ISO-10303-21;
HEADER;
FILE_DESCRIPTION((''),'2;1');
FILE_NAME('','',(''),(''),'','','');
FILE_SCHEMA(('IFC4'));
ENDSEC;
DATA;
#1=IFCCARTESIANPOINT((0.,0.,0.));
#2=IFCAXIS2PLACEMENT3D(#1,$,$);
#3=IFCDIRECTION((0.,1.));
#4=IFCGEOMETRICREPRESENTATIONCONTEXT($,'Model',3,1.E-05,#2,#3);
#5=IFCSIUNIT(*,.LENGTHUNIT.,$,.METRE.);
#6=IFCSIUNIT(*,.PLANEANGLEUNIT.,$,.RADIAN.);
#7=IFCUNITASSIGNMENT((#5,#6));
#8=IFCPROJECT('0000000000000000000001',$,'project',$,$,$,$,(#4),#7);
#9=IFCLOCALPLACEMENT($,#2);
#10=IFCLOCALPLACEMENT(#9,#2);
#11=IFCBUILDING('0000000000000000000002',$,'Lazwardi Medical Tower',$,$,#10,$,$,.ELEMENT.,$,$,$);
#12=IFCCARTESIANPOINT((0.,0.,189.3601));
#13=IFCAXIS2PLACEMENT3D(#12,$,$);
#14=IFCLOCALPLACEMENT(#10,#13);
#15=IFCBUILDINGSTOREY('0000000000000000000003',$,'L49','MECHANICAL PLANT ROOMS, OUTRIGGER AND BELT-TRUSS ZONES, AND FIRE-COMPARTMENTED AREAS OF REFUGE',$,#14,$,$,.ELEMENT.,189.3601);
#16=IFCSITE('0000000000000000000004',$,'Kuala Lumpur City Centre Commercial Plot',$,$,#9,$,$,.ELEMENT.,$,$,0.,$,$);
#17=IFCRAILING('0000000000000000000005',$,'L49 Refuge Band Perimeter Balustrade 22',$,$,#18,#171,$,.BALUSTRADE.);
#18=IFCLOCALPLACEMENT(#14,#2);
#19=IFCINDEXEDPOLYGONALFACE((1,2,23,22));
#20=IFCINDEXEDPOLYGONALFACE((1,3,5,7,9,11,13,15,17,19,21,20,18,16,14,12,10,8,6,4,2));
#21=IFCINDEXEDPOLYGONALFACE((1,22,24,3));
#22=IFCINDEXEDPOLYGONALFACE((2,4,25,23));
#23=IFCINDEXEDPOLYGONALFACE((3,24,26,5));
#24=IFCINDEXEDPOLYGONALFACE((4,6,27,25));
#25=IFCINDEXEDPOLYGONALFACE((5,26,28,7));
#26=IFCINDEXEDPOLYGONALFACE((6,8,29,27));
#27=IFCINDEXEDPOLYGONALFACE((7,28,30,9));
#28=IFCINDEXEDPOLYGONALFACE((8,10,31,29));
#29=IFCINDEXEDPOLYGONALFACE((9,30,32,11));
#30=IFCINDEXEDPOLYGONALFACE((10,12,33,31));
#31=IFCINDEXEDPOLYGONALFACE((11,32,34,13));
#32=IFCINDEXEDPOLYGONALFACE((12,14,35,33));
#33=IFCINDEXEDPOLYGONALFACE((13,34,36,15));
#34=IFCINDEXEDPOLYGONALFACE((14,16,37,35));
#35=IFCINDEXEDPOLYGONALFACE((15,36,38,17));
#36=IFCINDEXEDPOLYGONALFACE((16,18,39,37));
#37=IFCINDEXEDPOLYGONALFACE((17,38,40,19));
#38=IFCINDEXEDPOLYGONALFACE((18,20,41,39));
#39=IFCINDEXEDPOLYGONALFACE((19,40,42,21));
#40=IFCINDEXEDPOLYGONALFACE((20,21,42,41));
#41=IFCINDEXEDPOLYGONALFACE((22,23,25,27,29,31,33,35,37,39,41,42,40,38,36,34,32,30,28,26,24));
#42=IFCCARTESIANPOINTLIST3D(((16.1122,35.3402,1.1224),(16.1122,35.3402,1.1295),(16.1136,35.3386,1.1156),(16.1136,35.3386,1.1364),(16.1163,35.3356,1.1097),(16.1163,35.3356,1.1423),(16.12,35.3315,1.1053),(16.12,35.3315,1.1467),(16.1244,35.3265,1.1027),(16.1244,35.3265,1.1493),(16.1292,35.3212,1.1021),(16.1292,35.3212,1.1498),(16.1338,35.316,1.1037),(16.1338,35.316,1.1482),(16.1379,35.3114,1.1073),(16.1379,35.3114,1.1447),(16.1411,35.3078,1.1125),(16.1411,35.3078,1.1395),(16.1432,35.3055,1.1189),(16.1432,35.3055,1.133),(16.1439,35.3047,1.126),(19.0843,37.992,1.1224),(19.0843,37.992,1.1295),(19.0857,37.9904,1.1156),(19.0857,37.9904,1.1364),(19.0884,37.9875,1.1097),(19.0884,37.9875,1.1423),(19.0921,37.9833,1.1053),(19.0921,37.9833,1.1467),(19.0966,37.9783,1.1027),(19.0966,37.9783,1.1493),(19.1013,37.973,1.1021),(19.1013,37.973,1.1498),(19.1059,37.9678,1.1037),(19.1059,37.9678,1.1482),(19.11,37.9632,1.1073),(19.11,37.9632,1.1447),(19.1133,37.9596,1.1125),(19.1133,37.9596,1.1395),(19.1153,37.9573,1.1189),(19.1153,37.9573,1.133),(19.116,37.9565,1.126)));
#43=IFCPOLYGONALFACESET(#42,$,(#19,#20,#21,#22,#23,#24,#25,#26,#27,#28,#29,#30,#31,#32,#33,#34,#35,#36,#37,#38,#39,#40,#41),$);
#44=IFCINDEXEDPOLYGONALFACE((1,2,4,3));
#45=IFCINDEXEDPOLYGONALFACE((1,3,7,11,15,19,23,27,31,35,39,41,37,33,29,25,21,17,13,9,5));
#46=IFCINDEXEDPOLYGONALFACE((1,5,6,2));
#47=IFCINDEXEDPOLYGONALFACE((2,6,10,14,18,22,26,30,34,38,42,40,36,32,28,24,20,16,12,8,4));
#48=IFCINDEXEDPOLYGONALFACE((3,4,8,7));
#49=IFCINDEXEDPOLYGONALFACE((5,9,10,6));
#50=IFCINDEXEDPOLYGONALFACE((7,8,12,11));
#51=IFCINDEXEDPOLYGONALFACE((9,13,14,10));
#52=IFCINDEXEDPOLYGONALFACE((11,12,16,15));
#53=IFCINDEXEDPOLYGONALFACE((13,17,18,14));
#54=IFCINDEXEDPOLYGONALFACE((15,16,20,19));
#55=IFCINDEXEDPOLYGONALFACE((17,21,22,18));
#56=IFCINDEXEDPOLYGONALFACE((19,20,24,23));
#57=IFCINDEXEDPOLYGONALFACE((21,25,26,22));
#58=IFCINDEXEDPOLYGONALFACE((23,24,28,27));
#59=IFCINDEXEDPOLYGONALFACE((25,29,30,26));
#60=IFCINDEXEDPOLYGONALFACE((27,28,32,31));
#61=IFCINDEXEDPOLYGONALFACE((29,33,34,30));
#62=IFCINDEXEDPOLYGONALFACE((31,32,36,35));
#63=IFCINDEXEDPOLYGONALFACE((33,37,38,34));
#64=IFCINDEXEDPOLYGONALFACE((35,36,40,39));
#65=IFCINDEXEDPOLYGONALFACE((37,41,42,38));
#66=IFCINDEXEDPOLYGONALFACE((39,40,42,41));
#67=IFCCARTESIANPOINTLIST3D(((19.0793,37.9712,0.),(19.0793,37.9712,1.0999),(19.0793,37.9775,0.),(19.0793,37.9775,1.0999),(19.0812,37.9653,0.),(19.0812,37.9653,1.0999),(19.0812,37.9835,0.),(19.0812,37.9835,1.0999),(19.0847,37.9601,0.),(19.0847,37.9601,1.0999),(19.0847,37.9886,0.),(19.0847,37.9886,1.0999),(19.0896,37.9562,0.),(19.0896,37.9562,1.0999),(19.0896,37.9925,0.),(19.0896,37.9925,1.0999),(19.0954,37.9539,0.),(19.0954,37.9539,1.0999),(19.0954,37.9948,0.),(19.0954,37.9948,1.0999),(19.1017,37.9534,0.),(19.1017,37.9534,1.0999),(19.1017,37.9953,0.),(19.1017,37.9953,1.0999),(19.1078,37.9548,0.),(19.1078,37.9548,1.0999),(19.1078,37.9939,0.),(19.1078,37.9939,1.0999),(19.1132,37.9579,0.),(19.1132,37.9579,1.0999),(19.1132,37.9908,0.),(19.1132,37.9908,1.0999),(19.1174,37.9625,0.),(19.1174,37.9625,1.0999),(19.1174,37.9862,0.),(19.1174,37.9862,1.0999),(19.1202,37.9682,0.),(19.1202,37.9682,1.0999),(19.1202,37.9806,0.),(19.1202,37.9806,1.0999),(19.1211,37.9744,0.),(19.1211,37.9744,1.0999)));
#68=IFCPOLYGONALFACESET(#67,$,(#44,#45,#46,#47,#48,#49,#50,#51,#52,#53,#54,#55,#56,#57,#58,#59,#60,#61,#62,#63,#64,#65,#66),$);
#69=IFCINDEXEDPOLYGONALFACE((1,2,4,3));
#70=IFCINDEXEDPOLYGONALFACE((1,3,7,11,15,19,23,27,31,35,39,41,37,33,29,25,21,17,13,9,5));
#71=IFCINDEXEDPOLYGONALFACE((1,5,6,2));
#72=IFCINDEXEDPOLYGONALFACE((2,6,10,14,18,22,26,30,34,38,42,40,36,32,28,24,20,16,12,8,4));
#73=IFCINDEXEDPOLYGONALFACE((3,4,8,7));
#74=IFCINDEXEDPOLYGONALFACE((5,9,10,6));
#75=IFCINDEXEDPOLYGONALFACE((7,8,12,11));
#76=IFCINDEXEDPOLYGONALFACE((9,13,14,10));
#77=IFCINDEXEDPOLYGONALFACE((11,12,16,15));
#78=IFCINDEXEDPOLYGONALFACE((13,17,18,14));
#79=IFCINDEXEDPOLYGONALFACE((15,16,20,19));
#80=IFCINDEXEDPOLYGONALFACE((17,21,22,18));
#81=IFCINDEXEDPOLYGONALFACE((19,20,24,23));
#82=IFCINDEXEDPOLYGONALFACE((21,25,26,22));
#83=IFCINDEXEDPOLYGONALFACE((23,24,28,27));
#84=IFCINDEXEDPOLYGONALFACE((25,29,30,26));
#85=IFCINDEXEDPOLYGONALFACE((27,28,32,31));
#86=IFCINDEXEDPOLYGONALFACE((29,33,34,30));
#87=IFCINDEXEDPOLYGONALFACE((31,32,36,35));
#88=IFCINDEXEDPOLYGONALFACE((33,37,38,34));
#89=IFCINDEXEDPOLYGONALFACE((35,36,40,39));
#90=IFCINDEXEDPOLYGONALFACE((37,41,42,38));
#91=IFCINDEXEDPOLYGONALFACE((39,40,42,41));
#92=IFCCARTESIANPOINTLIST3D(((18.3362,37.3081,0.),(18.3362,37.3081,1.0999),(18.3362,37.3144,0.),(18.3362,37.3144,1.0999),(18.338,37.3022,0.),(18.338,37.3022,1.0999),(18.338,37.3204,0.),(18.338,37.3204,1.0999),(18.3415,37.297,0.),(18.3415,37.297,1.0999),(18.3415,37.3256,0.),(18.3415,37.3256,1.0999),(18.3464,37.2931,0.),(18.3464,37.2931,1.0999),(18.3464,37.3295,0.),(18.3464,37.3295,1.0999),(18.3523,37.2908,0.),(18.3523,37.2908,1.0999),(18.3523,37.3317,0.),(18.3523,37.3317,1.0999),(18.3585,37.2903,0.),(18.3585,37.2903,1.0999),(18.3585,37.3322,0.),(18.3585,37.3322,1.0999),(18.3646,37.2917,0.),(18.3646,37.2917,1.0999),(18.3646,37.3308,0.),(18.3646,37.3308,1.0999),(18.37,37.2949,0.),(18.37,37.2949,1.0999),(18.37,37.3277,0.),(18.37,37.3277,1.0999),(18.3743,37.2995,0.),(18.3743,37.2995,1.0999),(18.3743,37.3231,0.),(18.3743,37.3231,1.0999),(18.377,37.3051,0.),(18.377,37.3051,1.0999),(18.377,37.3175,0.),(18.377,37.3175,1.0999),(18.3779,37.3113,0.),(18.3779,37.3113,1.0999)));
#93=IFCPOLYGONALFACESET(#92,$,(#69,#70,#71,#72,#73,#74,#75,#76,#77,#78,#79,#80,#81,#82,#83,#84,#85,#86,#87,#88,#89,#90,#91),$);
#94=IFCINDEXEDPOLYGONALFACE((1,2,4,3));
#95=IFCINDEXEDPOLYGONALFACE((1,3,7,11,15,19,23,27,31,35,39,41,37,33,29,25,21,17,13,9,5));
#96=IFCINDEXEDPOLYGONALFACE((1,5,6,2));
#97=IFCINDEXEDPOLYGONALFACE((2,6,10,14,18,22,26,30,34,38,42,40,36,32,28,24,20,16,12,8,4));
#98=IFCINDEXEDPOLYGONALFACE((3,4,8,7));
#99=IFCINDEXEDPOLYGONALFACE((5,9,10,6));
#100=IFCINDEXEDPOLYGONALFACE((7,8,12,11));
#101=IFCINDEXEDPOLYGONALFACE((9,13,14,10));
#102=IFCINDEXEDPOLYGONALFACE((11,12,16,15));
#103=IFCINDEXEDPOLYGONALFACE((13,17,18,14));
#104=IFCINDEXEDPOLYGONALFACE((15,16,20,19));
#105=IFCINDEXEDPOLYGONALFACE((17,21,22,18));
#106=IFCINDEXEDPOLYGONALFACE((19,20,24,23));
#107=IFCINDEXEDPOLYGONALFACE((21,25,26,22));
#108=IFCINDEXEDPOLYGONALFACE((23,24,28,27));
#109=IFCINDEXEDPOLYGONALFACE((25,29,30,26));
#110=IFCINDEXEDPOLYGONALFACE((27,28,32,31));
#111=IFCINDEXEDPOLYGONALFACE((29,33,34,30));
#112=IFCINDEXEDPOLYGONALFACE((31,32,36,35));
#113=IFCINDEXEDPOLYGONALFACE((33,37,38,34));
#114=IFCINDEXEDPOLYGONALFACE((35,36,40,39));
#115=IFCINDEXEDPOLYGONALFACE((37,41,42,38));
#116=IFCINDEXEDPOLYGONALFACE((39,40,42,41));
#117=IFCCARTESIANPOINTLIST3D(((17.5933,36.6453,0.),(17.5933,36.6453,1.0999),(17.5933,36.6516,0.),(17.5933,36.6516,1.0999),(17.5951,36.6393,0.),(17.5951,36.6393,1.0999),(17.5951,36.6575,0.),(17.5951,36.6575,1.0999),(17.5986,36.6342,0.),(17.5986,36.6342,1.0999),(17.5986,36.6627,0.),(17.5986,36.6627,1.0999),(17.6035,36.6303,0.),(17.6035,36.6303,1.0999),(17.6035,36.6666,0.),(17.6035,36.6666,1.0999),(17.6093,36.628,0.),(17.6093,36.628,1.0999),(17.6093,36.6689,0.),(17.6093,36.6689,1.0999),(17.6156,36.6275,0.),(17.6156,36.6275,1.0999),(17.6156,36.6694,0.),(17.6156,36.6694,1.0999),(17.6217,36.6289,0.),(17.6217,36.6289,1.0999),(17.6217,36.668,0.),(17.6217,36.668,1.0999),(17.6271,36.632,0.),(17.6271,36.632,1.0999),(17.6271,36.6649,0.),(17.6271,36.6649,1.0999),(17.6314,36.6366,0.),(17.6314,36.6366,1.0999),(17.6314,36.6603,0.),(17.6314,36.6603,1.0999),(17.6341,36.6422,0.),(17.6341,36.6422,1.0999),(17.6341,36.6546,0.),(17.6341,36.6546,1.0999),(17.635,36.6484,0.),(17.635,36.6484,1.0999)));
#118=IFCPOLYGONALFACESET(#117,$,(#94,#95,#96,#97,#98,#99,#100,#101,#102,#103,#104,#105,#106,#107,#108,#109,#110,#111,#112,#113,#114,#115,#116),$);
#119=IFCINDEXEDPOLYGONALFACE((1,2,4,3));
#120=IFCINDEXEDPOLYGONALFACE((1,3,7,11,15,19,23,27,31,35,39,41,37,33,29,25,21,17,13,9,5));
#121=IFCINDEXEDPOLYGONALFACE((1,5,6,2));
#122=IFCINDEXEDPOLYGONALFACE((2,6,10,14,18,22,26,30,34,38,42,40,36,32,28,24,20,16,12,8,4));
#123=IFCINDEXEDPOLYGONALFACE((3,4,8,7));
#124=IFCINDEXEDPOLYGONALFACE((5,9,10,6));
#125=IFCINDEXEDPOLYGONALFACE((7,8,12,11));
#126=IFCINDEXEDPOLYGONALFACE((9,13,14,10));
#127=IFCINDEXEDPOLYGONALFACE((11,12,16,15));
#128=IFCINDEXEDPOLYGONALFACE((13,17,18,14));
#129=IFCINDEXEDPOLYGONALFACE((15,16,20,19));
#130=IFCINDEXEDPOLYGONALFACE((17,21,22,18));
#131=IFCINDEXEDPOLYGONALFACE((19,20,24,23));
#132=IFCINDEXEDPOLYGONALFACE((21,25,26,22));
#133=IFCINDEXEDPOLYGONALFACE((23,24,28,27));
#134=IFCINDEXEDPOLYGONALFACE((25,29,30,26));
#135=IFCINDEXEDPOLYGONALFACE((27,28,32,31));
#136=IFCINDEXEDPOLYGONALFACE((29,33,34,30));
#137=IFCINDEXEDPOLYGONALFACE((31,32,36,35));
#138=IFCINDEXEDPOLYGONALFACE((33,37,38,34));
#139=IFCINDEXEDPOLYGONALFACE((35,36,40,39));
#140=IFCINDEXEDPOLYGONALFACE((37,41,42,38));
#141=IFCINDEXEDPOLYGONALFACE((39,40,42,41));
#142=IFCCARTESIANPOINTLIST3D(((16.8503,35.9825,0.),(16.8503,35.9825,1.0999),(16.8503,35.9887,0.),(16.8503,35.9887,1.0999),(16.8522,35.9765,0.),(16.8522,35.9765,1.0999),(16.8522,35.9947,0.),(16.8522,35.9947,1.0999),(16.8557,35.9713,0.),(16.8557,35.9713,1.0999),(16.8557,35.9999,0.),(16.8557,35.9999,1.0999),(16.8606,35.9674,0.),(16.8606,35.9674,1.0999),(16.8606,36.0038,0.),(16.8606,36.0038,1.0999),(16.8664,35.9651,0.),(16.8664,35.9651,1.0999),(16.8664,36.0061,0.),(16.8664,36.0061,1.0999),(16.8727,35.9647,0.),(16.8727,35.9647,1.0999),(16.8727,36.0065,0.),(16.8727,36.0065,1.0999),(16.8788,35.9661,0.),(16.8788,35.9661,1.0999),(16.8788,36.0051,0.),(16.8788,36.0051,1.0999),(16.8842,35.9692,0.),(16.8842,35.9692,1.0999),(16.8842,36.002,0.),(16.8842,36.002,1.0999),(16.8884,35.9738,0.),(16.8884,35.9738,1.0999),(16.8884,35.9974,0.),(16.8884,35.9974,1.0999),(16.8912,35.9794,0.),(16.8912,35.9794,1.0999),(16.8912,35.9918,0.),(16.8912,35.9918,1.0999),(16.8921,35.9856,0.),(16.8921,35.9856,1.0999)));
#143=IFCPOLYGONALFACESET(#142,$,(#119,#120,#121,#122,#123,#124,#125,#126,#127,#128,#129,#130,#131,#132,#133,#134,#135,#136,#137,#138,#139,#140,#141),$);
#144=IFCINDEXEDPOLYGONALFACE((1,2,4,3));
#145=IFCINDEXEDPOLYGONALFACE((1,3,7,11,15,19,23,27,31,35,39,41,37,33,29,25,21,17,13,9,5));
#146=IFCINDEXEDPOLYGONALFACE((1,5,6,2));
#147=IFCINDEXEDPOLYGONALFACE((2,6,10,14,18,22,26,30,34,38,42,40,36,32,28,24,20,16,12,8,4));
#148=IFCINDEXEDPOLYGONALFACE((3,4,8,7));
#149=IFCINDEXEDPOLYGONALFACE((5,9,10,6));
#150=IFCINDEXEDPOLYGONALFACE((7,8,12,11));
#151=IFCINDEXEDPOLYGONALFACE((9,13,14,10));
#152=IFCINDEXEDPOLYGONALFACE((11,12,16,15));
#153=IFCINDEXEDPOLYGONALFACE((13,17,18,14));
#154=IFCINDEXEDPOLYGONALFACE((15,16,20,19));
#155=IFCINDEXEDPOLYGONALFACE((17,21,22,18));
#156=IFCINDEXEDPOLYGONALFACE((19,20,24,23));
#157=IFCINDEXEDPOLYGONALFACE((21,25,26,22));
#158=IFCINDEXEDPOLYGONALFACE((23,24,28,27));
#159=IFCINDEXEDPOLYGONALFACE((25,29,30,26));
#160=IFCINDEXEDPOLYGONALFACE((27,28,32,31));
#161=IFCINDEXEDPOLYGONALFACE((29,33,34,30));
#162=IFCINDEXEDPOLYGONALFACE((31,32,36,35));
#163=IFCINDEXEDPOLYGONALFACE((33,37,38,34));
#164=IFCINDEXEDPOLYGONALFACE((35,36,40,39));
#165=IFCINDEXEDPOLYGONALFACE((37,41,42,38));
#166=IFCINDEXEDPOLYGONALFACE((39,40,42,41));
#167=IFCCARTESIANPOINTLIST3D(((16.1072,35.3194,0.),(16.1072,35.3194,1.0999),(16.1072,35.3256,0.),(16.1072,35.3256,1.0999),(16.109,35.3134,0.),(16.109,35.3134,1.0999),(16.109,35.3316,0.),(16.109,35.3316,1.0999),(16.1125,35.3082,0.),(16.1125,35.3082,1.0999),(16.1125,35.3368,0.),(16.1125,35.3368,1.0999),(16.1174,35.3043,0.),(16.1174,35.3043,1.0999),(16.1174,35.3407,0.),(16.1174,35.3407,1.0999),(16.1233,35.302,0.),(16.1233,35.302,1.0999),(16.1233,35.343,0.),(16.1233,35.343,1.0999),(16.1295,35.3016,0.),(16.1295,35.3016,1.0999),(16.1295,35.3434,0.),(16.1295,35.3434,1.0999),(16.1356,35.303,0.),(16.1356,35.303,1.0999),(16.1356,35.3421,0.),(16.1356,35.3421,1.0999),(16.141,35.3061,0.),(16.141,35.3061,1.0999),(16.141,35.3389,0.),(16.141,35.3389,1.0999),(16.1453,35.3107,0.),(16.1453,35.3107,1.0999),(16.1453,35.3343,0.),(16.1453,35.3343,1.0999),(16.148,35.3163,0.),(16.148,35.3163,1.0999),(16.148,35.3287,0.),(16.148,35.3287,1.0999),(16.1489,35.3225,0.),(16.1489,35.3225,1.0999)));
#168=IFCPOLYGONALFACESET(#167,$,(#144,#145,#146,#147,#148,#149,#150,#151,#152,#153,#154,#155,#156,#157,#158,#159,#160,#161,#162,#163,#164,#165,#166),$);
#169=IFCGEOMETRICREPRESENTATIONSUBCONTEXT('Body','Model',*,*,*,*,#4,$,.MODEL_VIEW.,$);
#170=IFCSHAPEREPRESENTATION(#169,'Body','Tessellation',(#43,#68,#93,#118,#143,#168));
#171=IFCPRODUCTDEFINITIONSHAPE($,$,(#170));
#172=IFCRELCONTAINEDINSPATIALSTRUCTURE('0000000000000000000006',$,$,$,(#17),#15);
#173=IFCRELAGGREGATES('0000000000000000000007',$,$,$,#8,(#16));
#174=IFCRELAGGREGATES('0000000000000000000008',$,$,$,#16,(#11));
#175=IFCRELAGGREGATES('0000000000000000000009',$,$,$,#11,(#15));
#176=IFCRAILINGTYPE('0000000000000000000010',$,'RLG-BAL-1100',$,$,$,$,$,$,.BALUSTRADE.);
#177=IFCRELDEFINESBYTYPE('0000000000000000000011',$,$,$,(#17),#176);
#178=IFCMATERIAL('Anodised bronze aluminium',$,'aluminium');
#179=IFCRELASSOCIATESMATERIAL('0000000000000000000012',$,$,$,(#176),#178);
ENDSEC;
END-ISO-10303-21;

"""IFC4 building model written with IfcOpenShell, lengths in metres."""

from ifc_helpers import new_model, si_unit, direction, frame, origin, origin_2d, place, context, subcontext, project, spatial, circle, extrude, material, type_object, element, save


model = new_model("IFC4")

# Units and contexts
model_context = context("Model", 3, precision=1e-05, world=origin(), true_north=direction((0.0, 1.0)))
body_context = subcontext(model_context, "Body", "Model", "MODEL_VIEW")
ifc_project = project(units=[si_unit("LENGTHUNIT", "METRE"), si_unit("PLANEANGLEUNIT", "RADIAN")], contexts=[model_context])

# Site, building, storey
site_placement = place(None, origin())
site = spatial("IfcSite", under=ifc_project, at=site_placement, Name="Kuala Lumpur City Centre Commercial Plot", CompositionType="ELEMENT", RefElevation=0.0)
building_placement = place(site_placement, origin())
building = spatial("IfcBuilding", under=site, at=building_placement, Name="Lazwardi Medical Tower", CompositionType="ELEMENT")
storey_placement = place(building_placement, frame((0.0, 0.0, 189.3601)))
storey = spatial("IfcBuildingStorey", under=building, at=storey_placement, Name="L49", Description="MECHANICAL PLANT ROOMS, OUTRIGGER AND BELT-TRUSS ZONES, AND FIRE-COMPARTMENTED AREAS OF REFUGE", CompositionType="ELEMENT", Elevation=189.3601)

# Railing
ifc_material_1 = material(Name="Anodised bronze aluminium", Category="aluminium")
railing_type = type_object("IfcRailingType", Name="RLG-BAL-1100", PredefinedType="BALUSTRADE", material=ifc_material_1)
railing_1_placement = place(storey_placement, frame((19.1001, 37.9744, 0.0)))
element("IfcRailing", 1, at=railing_1_placement, inside=storey, type_object=railing_type, Name="L49 Refuge Band Perimeter Balustrade 22", PredefinedType="BALUSTRADE", context=body_context, shape_type="SweptSolid", body=[
    extrude(circle(Radius=0.0239, at=origin_2d()), frame((0.0, 0.0, 1.126), z_axis=(-0.74617, -0.665755, 0.0), x_axis=(0.665755, -0.74617, 0.0)), (0.0, 0.0, 1.0), 3.9832),
    extrude(circle(Radius=0.021, at=origin_2d()), origin(), (0.0, 0.0, 1.0), 1.0999),
    extrude(circle(Radius=0.021, at=origin_2d()), frame((-0.7432, -0.6631, 0.0)), (0.0, 0.0, 1.0), 1.0999),
    extrude(circle(Radius=0.021, at=origin_2d()), frame((-1.4861, -1.3259, 0.0)), (0.0, 0.0, 1.0), 1.0999),
    extrude(circle(Radius=0.021, at=origin_2d()), frame((-2.229, -1.9888, 0.0)), (0.0, 0.0, 1.0), 1.0999),
    extrude(circle(Radius=0.021, at=origin_2d()), frame((-2.9722, -2.6519, 0.0)), (0.0, 0.0, 1.0), 1.0999),
])

save(model, "model.ifc")
